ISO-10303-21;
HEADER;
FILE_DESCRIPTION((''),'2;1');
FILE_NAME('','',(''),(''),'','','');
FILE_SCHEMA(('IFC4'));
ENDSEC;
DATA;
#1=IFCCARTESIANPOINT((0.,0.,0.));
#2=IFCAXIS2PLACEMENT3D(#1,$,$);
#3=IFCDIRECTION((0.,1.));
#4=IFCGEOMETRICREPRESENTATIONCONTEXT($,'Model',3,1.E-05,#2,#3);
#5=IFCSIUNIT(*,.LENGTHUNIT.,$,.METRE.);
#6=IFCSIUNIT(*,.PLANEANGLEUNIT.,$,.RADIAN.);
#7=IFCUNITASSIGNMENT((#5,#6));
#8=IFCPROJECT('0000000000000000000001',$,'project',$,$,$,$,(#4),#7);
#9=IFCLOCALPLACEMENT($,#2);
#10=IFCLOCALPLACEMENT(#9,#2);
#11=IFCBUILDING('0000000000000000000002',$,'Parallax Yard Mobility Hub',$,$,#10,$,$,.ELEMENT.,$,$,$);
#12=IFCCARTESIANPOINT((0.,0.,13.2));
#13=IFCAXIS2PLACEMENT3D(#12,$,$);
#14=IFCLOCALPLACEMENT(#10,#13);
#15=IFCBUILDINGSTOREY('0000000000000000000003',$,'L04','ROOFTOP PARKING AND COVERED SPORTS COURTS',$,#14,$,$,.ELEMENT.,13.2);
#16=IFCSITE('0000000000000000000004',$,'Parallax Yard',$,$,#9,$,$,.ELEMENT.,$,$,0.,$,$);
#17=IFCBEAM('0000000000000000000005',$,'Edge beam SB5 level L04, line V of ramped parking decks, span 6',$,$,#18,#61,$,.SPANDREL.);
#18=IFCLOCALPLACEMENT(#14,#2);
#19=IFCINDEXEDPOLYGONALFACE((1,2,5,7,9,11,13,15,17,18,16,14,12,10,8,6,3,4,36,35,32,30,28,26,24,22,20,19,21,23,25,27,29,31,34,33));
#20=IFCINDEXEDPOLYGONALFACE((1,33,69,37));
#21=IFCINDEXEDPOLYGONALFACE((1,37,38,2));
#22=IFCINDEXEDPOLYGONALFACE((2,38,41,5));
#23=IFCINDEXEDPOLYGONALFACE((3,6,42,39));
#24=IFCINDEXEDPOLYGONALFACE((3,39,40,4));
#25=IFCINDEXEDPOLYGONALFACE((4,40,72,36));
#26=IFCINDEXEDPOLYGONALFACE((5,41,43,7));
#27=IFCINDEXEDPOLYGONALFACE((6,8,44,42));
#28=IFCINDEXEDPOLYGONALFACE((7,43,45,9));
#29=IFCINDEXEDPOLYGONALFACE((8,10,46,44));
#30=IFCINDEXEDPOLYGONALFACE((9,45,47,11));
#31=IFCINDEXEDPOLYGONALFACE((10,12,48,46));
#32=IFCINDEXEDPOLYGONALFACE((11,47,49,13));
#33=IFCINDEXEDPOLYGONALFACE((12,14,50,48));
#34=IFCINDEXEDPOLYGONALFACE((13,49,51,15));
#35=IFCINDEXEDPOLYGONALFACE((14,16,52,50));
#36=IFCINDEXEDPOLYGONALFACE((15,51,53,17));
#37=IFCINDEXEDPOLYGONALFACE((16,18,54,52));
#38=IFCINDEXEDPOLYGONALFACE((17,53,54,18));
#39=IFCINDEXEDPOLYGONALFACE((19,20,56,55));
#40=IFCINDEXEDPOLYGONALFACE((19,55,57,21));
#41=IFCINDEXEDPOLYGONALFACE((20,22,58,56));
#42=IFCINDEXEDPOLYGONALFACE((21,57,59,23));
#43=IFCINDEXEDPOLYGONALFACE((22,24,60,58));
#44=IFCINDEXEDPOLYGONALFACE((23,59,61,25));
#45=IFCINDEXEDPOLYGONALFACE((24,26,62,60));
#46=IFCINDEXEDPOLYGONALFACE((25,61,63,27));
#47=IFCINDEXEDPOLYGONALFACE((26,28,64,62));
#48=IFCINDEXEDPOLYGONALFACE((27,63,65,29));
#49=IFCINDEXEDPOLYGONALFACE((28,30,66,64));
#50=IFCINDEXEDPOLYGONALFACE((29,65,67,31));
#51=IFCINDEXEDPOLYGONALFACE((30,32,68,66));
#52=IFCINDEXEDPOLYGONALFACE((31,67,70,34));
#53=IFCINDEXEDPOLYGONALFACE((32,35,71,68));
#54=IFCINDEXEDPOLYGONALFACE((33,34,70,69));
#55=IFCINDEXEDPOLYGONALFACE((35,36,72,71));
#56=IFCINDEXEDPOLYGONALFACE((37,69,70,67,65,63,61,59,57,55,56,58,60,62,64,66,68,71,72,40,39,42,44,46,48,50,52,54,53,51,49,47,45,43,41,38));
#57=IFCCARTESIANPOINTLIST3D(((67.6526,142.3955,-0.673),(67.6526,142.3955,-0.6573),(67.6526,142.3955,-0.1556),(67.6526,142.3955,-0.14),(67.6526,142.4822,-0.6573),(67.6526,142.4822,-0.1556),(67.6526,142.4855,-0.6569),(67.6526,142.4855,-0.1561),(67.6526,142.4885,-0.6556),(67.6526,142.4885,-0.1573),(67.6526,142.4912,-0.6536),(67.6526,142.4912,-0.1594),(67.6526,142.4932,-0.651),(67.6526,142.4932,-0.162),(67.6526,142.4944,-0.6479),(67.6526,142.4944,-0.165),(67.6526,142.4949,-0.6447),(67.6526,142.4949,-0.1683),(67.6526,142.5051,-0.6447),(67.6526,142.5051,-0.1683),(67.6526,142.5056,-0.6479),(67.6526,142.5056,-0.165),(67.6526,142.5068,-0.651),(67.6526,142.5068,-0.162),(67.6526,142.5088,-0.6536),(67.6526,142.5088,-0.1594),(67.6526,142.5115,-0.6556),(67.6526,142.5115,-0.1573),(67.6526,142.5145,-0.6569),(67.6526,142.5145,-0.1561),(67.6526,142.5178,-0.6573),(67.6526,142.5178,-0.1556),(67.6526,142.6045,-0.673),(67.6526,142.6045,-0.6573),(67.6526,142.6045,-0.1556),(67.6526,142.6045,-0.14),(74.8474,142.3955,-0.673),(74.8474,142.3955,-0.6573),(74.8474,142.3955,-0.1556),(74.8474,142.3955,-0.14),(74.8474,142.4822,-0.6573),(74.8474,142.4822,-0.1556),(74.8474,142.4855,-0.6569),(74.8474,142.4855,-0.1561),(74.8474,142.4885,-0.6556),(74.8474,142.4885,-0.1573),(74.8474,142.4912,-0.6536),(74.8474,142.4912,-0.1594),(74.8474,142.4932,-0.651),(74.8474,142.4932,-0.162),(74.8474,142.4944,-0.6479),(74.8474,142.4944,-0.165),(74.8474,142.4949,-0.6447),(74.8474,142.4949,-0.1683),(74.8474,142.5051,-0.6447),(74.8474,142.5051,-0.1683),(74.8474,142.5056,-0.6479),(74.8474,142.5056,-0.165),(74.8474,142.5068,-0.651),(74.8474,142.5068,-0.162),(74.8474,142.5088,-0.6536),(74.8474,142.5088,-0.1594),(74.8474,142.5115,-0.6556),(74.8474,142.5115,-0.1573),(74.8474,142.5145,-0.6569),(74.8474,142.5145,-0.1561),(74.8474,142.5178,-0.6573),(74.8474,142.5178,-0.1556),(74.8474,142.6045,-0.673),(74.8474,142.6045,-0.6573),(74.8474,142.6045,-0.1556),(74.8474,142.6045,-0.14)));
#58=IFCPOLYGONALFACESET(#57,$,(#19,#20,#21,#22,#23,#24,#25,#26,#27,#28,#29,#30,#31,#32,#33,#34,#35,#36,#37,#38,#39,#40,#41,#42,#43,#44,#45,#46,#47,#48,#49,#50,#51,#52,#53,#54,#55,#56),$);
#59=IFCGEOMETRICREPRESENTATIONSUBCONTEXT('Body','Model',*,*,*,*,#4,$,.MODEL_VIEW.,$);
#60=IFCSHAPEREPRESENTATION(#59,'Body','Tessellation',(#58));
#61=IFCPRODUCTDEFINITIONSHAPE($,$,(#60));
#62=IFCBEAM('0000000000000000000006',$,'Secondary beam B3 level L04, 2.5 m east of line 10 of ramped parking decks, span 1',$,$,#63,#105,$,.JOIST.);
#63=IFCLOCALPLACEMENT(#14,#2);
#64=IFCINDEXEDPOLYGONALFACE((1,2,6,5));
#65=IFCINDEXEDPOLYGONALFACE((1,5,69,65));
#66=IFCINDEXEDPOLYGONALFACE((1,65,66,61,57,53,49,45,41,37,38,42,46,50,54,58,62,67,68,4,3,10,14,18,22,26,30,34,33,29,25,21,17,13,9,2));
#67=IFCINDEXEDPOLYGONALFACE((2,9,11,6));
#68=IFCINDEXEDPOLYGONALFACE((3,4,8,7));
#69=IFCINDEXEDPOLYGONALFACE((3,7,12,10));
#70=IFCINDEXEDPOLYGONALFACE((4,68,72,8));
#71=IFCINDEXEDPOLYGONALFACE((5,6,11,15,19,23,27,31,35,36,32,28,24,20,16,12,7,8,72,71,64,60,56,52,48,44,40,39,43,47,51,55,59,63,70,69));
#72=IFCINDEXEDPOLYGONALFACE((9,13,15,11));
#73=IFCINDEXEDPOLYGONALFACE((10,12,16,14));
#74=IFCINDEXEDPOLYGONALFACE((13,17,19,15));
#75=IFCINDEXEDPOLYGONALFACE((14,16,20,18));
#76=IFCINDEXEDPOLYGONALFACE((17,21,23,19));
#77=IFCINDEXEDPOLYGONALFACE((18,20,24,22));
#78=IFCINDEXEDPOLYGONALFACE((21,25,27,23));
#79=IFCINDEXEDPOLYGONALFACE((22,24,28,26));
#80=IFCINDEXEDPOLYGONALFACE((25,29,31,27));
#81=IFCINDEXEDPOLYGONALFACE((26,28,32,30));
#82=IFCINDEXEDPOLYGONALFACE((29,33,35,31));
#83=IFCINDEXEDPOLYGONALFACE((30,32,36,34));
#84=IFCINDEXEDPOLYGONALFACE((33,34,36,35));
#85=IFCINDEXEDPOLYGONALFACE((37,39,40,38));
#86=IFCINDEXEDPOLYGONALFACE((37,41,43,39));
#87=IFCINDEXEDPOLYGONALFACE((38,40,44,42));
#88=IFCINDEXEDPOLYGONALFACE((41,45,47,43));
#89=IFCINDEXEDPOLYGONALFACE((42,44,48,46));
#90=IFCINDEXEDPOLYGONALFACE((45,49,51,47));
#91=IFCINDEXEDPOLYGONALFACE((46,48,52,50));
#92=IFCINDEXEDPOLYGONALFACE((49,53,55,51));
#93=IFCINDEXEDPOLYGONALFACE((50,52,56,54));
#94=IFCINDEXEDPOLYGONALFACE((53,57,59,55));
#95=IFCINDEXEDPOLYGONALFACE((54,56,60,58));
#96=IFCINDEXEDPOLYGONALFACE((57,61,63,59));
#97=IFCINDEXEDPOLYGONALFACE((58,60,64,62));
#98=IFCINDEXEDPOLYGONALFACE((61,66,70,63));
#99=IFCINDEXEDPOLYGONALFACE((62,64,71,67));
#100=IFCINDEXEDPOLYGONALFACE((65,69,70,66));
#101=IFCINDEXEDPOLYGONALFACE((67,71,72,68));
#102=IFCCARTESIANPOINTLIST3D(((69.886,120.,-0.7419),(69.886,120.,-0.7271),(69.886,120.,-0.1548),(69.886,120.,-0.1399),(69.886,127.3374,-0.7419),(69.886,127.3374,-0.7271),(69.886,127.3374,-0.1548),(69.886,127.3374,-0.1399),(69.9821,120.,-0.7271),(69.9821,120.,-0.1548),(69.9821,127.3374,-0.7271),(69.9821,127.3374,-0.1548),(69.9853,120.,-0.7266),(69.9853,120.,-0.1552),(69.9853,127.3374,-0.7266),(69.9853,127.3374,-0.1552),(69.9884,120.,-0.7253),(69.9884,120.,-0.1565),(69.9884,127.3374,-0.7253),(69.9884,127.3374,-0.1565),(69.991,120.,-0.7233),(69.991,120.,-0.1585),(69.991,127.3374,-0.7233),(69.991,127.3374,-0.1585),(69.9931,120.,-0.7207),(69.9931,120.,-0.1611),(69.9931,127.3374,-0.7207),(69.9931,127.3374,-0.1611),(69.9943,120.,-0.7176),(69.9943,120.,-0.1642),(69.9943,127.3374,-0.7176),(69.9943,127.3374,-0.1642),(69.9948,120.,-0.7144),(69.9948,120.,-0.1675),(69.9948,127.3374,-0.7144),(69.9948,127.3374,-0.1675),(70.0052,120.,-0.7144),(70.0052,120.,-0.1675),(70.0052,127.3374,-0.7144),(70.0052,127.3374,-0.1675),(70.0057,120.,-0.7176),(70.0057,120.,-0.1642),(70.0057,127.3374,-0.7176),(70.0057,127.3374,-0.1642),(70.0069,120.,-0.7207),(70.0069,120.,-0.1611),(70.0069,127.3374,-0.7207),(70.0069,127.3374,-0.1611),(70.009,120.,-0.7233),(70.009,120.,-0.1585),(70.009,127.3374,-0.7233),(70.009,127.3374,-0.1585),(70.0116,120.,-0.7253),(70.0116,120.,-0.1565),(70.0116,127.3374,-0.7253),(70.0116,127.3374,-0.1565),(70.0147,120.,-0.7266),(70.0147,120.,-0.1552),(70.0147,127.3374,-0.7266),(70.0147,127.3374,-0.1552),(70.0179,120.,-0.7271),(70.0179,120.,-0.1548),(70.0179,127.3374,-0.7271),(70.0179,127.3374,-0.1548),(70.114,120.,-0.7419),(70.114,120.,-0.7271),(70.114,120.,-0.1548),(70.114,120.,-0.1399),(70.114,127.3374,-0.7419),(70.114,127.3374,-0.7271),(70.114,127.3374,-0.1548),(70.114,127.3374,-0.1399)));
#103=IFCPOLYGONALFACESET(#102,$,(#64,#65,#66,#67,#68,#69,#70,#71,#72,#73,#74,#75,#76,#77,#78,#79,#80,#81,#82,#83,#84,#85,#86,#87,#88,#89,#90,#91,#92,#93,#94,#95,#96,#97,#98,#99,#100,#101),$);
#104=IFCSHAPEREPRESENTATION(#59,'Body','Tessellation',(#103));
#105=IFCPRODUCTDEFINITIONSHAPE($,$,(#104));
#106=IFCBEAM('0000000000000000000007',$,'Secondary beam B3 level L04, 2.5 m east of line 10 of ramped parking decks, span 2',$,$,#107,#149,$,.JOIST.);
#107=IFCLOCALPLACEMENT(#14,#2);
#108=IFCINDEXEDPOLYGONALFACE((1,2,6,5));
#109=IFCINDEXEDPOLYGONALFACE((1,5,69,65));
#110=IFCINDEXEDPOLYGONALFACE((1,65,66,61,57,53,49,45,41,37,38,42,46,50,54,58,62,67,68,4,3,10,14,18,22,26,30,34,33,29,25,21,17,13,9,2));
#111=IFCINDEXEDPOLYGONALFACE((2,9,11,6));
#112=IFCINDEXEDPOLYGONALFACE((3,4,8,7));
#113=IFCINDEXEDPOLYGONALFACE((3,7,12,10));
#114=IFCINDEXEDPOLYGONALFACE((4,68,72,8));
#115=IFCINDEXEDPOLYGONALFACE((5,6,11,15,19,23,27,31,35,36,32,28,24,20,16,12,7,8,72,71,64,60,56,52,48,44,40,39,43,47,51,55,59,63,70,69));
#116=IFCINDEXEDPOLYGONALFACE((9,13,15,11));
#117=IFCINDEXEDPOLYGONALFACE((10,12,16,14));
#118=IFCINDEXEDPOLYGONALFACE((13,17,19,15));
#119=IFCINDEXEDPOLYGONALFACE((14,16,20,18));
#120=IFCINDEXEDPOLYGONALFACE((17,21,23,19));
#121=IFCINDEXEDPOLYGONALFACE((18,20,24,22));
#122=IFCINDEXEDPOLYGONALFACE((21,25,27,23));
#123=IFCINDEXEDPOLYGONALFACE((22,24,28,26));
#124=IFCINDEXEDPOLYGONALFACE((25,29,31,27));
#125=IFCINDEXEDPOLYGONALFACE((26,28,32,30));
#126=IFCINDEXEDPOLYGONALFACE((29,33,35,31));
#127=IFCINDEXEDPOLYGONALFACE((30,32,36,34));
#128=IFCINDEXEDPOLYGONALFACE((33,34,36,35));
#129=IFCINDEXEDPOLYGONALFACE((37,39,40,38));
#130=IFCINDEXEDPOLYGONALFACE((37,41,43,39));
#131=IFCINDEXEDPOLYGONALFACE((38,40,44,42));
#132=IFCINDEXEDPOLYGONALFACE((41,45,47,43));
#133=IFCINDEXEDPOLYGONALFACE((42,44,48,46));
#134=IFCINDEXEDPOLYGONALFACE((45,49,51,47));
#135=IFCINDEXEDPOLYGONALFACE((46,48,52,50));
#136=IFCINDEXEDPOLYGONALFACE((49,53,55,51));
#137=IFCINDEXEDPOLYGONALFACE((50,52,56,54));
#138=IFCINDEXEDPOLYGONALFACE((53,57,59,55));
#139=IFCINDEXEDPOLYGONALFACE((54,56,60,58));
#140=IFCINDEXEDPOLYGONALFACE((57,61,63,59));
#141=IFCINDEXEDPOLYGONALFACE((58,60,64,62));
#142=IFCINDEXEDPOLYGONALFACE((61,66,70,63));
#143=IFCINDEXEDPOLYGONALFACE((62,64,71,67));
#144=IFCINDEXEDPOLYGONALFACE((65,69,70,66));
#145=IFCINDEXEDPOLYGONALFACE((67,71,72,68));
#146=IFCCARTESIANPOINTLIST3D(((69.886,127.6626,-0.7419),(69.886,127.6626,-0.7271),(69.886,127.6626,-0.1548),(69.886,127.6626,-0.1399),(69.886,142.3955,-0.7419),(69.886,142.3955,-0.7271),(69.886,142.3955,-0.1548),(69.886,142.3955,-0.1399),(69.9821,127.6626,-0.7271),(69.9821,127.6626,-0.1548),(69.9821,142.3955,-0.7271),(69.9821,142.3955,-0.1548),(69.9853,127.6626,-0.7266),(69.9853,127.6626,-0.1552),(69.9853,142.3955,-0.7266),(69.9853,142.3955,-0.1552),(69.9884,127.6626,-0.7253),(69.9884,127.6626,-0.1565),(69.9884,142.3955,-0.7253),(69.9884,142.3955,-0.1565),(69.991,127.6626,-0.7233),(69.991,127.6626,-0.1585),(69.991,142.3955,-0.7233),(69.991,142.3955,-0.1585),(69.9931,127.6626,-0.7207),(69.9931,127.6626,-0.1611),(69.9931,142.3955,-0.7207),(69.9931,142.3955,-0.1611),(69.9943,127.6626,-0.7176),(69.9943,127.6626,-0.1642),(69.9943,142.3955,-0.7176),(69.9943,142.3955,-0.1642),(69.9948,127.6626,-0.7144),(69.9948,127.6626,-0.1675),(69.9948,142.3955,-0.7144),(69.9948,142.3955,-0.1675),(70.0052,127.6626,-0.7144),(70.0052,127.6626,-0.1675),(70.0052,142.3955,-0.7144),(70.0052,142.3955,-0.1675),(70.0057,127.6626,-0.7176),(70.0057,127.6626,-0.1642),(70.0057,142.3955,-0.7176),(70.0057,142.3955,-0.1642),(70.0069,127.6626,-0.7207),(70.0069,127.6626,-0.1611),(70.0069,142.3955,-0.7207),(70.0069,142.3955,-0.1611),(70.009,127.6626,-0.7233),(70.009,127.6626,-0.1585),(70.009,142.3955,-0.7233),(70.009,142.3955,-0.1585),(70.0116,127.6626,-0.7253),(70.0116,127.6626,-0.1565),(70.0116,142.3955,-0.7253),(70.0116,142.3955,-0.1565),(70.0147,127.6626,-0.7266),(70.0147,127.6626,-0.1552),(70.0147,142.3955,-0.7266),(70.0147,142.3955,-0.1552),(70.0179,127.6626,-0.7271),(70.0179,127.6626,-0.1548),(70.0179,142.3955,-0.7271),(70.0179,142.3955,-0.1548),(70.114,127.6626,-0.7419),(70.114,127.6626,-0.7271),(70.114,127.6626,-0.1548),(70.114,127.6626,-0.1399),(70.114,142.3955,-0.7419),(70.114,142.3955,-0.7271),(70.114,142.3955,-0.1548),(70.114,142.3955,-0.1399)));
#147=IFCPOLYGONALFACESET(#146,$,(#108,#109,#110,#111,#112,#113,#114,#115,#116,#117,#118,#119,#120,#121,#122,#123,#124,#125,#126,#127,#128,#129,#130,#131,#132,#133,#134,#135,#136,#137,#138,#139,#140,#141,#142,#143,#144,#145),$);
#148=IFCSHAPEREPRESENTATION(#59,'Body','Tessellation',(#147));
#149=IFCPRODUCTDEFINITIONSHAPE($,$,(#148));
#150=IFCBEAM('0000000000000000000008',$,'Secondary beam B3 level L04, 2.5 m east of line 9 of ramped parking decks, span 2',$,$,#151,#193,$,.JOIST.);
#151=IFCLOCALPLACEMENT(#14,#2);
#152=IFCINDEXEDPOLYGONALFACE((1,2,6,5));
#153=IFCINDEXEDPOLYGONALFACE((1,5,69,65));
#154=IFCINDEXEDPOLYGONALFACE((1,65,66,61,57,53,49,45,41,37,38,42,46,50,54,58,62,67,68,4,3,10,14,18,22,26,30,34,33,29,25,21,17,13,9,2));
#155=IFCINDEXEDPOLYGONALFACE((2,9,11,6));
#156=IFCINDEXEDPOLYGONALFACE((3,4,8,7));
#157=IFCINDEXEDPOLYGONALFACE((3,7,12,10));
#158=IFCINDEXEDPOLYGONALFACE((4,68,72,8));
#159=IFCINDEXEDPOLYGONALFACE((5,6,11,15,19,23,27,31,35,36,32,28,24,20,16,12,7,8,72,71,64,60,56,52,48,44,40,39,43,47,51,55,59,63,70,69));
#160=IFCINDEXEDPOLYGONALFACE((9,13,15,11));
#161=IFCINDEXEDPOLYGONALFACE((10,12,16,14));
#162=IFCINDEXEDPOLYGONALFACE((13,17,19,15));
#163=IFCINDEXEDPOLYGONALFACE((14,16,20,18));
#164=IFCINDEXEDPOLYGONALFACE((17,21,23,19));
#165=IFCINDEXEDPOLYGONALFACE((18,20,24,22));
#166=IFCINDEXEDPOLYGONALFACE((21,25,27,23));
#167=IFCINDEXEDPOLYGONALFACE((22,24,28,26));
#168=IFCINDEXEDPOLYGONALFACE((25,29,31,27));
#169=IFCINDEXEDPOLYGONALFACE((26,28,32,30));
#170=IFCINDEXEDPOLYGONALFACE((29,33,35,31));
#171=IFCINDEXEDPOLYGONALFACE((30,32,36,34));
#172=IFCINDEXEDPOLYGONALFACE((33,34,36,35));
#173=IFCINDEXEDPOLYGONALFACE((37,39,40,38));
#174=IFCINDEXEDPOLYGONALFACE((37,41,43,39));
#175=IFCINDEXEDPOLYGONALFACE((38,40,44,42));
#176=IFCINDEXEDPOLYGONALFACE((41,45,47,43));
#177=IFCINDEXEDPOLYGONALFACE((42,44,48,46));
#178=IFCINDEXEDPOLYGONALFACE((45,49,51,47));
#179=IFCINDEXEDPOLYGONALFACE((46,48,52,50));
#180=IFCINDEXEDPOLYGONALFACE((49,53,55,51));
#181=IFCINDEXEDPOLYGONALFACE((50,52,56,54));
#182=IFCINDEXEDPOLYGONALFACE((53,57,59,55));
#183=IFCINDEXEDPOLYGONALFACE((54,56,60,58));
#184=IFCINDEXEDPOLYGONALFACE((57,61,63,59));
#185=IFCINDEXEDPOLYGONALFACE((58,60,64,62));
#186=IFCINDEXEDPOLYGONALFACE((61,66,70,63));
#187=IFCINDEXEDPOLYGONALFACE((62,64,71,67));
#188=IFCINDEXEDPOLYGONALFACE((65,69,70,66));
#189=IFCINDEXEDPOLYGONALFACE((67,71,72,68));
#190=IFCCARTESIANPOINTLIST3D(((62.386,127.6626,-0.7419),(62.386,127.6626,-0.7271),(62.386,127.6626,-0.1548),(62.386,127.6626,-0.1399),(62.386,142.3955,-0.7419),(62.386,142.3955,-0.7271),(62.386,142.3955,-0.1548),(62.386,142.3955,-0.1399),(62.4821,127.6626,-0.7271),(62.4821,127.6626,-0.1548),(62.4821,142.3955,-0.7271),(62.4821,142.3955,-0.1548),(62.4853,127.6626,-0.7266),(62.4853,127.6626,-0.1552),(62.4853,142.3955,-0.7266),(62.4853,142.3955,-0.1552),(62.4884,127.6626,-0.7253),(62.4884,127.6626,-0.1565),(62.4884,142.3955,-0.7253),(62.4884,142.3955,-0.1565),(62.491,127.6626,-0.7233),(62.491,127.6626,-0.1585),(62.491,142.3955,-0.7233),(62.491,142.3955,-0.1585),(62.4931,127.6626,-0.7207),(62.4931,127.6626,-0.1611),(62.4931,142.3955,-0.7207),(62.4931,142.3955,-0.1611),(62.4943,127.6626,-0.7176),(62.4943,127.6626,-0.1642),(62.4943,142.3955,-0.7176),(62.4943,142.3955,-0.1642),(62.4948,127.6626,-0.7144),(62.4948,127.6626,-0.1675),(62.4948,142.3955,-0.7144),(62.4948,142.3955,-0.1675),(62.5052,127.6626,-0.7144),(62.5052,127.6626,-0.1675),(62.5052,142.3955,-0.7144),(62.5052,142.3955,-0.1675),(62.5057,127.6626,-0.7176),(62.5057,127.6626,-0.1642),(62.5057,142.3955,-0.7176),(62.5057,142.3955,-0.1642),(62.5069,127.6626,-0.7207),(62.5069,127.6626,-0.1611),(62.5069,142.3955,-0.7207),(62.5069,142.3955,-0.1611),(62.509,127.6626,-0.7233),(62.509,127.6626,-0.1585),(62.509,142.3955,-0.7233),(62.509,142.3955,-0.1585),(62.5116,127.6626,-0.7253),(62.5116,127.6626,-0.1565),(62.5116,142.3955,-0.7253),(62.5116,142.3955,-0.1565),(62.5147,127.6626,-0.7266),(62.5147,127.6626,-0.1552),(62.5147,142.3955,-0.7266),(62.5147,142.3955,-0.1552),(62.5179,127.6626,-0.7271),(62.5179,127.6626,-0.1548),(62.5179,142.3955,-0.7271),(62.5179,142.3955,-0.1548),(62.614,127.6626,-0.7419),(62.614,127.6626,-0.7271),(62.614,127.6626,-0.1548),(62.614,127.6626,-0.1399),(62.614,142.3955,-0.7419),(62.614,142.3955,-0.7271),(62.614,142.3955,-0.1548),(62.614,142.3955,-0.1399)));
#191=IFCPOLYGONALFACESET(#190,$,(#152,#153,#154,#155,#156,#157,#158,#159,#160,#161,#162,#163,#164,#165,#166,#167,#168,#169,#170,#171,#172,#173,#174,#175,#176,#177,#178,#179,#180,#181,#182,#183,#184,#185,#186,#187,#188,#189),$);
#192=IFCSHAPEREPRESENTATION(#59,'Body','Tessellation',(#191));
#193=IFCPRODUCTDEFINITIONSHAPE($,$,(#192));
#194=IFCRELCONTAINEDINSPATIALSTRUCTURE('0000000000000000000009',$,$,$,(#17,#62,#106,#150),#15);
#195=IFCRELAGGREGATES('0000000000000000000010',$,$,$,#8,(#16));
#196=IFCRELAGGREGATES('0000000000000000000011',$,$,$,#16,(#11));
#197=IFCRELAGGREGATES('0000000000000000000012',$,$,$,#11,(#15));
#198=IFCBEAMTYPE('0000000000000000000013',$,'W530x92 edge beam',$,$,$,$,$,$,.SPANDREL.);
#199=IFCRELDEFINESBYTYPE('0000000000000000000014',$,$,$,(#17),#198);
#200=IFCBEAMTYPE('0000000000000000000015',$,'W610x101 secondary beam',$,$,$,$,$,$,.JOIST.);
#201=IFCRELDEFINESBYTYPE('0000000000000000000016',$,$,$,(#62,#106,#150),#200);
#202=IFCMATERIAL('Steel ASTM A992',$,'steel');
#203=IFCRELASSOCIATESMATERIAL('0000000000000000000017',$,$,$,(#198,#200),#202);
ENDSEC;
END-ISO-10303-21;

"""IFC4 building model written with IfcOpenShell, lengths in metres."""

from ifc_helpers import new_model, si_unit, direction, frame, origin, origin_2d, place, context, subcontext, project, spatial, i_section, extrude, material, material_profile, profile_set, type_object, element, save


model = new_model("IFC4")

# Units and contexts
model_context = context("Model", 3, precision=1e-05, world=origin(), true_north=direction((0.0, 1.0)))
body_context = subcontext(model_context, "Body", "Model", "MODEL_VIEW")
ifc_project = project(units=[si_unit("LENGTHUNIT", "METRE"), si_unit("PLANEANGLEUNIT", "RADIAN")], contexts=[model_context])

# Site, building, storey
site_placement = place(None, origin())
site = spatial("IfcSite", under=ifc_project, at=site_placement, Name="Parallax Yard", CompositionType="ELEMENT", RefElevation=0.0)
building_placement = place(site_placement, origin())
building = spatial("IfcBuilding", under=site, at=building_placement, Name="Parallax Yard Mobility Hub", CompositionType="ELEMENT")
storey_placement = place(building_placement, frame((0.0, 0.0, 13.2)))
storey = spatial("IfcBuildingStorey", under=building, at=storey_placement, Name="L04", Description="ROOFTOP PARKING AND COVERED SPORTS COURTS", CompositionType="ELEMENT", Elevation=13.2)

# Shared definitions
ifc_material_1 = material(Name="Steel ASTM A992", Category="steel")

# Beams
ifc_material_profile_1 = material_profile(ifc_material_1, i_section(OverallWidth=0.209, OverallDepth=0.533, WebThickness=0.0103, FlangeThickness=0.0156, FilletRadius=0.0127, at=origin_2d()), Name="W530x92")
ifc_profile_set_1 = profile_set([ifc_material_profile_1], Name="Steel ASTM A992")
beam_type_1 = type_object("IfcBeamType", Name="W530x92 edge beam", PredefinedType="SPANDREL", material=ifc_profile_set_1)
for number, where, z_axis, x_axis, name in (
    (1, (67.6526, 142.5, -0.4065), (1.0, 0.0, 0.0), (0.0, 1.0, 0.0), "Edge beam SB5 level L04, line V of ramped parking decks, span 6"),
):
    element("IfcBeam", number, at=place(storey_placement, frame(where, z_axis=z_axis, x_axis=x_axis)), inside=storey, type_object=beam_type_1, Name=name, PredefinedType="SPANDREL", context=body_context, shape_type="SweptSolid", body=[
        extrude(i_section(OverallWidth=0.209, OverallDepth=0.533, WebThickness=0.0103, FlangeThickness=0.0156, FilletRadius=0.0127, at=origin_2d()), origin(), (0.0, 0.0, 1.0), 7.1948),
    ])
ifc_material_profile_2 = material_profile(ifc_material_1, i_section(OverallWidth=0.228, OverallDepth=0.6021, WebThickness=0.0105, FlangeThickness=0.0149, FilletRadius=0.0127, at=origin_2d()), Name="W610x101")
ifc_profile_set_2 = profile_set([ifc_material_profile_2], Name="Steel ASTM A992")
beam_type_2 = type_object("IfcBeamType", Name="W610x101 secondary beam", PredefinedType="JOIST", material=ifc_profile_set_2)
beam_1_placement = place(storey_placement, frame((70.0, 120.0, -0.4409), z_axis=(0.0, 1.0, 0.0), x_axis=(-1.0, 0.0, 0.0)))
element("IfcBeam", 2, at=beam_1_placement, inside=storey, type_object=beam_type_2, Name="Secondary beam B3 level L04, 2.5 m east of line 10 of ramped parking decks, span 1", PredefinedType="JOIST", context=body_context, shape_type="SweptSolid", body=[
    extrude(i_section(OverallWidth=0.228, OverallDepth=0.6021, WebThickness=0.0105, FlangeThickness=0.0149, FilletRadius=0.0127, at=origin_2d()), origin(), (0.0, 0.0, 1.0), 7.3374),
])
for number, where, z_axis, x_axis, name in (
    (3, (70.0, 127.6626, -0.4409), (0.0, 1.0, 0.0), (-1.0, 0.0, 0.0), "Secondary beam B3 level L04, 2.5 m east of line 10 of ramped parking decks, span 2"),
    (4, (62.5, 127.6626, -0.4409), (0.0, 1.0, 0.0), (-1.0, 0.0, 0.0), "Secondary beam B3 level L04, 2.5 m east of line 9 of ramped parking decks, span 2"),
):
    element("IfcBeam", number, at=place(storey_placement, frame(where, z_axis=z_axis, x_axis=x_axis)), inside=storey, type_object=beam_type_2, Name=name, PredefinedType="JOIST", context=body_context, shape_type="SweptSolid", body=[
        extrude(i_section(OverallWidth=0.228, OverallDepth=0.6021, WebThickness=0.0105, FlangeThickness=0.0149, FilletRadius=0.0127, at=origin_2d()), origin(), (0.0, 0.0, 1.0), 14.7329),
    ])

save(model, "model.ifc")
